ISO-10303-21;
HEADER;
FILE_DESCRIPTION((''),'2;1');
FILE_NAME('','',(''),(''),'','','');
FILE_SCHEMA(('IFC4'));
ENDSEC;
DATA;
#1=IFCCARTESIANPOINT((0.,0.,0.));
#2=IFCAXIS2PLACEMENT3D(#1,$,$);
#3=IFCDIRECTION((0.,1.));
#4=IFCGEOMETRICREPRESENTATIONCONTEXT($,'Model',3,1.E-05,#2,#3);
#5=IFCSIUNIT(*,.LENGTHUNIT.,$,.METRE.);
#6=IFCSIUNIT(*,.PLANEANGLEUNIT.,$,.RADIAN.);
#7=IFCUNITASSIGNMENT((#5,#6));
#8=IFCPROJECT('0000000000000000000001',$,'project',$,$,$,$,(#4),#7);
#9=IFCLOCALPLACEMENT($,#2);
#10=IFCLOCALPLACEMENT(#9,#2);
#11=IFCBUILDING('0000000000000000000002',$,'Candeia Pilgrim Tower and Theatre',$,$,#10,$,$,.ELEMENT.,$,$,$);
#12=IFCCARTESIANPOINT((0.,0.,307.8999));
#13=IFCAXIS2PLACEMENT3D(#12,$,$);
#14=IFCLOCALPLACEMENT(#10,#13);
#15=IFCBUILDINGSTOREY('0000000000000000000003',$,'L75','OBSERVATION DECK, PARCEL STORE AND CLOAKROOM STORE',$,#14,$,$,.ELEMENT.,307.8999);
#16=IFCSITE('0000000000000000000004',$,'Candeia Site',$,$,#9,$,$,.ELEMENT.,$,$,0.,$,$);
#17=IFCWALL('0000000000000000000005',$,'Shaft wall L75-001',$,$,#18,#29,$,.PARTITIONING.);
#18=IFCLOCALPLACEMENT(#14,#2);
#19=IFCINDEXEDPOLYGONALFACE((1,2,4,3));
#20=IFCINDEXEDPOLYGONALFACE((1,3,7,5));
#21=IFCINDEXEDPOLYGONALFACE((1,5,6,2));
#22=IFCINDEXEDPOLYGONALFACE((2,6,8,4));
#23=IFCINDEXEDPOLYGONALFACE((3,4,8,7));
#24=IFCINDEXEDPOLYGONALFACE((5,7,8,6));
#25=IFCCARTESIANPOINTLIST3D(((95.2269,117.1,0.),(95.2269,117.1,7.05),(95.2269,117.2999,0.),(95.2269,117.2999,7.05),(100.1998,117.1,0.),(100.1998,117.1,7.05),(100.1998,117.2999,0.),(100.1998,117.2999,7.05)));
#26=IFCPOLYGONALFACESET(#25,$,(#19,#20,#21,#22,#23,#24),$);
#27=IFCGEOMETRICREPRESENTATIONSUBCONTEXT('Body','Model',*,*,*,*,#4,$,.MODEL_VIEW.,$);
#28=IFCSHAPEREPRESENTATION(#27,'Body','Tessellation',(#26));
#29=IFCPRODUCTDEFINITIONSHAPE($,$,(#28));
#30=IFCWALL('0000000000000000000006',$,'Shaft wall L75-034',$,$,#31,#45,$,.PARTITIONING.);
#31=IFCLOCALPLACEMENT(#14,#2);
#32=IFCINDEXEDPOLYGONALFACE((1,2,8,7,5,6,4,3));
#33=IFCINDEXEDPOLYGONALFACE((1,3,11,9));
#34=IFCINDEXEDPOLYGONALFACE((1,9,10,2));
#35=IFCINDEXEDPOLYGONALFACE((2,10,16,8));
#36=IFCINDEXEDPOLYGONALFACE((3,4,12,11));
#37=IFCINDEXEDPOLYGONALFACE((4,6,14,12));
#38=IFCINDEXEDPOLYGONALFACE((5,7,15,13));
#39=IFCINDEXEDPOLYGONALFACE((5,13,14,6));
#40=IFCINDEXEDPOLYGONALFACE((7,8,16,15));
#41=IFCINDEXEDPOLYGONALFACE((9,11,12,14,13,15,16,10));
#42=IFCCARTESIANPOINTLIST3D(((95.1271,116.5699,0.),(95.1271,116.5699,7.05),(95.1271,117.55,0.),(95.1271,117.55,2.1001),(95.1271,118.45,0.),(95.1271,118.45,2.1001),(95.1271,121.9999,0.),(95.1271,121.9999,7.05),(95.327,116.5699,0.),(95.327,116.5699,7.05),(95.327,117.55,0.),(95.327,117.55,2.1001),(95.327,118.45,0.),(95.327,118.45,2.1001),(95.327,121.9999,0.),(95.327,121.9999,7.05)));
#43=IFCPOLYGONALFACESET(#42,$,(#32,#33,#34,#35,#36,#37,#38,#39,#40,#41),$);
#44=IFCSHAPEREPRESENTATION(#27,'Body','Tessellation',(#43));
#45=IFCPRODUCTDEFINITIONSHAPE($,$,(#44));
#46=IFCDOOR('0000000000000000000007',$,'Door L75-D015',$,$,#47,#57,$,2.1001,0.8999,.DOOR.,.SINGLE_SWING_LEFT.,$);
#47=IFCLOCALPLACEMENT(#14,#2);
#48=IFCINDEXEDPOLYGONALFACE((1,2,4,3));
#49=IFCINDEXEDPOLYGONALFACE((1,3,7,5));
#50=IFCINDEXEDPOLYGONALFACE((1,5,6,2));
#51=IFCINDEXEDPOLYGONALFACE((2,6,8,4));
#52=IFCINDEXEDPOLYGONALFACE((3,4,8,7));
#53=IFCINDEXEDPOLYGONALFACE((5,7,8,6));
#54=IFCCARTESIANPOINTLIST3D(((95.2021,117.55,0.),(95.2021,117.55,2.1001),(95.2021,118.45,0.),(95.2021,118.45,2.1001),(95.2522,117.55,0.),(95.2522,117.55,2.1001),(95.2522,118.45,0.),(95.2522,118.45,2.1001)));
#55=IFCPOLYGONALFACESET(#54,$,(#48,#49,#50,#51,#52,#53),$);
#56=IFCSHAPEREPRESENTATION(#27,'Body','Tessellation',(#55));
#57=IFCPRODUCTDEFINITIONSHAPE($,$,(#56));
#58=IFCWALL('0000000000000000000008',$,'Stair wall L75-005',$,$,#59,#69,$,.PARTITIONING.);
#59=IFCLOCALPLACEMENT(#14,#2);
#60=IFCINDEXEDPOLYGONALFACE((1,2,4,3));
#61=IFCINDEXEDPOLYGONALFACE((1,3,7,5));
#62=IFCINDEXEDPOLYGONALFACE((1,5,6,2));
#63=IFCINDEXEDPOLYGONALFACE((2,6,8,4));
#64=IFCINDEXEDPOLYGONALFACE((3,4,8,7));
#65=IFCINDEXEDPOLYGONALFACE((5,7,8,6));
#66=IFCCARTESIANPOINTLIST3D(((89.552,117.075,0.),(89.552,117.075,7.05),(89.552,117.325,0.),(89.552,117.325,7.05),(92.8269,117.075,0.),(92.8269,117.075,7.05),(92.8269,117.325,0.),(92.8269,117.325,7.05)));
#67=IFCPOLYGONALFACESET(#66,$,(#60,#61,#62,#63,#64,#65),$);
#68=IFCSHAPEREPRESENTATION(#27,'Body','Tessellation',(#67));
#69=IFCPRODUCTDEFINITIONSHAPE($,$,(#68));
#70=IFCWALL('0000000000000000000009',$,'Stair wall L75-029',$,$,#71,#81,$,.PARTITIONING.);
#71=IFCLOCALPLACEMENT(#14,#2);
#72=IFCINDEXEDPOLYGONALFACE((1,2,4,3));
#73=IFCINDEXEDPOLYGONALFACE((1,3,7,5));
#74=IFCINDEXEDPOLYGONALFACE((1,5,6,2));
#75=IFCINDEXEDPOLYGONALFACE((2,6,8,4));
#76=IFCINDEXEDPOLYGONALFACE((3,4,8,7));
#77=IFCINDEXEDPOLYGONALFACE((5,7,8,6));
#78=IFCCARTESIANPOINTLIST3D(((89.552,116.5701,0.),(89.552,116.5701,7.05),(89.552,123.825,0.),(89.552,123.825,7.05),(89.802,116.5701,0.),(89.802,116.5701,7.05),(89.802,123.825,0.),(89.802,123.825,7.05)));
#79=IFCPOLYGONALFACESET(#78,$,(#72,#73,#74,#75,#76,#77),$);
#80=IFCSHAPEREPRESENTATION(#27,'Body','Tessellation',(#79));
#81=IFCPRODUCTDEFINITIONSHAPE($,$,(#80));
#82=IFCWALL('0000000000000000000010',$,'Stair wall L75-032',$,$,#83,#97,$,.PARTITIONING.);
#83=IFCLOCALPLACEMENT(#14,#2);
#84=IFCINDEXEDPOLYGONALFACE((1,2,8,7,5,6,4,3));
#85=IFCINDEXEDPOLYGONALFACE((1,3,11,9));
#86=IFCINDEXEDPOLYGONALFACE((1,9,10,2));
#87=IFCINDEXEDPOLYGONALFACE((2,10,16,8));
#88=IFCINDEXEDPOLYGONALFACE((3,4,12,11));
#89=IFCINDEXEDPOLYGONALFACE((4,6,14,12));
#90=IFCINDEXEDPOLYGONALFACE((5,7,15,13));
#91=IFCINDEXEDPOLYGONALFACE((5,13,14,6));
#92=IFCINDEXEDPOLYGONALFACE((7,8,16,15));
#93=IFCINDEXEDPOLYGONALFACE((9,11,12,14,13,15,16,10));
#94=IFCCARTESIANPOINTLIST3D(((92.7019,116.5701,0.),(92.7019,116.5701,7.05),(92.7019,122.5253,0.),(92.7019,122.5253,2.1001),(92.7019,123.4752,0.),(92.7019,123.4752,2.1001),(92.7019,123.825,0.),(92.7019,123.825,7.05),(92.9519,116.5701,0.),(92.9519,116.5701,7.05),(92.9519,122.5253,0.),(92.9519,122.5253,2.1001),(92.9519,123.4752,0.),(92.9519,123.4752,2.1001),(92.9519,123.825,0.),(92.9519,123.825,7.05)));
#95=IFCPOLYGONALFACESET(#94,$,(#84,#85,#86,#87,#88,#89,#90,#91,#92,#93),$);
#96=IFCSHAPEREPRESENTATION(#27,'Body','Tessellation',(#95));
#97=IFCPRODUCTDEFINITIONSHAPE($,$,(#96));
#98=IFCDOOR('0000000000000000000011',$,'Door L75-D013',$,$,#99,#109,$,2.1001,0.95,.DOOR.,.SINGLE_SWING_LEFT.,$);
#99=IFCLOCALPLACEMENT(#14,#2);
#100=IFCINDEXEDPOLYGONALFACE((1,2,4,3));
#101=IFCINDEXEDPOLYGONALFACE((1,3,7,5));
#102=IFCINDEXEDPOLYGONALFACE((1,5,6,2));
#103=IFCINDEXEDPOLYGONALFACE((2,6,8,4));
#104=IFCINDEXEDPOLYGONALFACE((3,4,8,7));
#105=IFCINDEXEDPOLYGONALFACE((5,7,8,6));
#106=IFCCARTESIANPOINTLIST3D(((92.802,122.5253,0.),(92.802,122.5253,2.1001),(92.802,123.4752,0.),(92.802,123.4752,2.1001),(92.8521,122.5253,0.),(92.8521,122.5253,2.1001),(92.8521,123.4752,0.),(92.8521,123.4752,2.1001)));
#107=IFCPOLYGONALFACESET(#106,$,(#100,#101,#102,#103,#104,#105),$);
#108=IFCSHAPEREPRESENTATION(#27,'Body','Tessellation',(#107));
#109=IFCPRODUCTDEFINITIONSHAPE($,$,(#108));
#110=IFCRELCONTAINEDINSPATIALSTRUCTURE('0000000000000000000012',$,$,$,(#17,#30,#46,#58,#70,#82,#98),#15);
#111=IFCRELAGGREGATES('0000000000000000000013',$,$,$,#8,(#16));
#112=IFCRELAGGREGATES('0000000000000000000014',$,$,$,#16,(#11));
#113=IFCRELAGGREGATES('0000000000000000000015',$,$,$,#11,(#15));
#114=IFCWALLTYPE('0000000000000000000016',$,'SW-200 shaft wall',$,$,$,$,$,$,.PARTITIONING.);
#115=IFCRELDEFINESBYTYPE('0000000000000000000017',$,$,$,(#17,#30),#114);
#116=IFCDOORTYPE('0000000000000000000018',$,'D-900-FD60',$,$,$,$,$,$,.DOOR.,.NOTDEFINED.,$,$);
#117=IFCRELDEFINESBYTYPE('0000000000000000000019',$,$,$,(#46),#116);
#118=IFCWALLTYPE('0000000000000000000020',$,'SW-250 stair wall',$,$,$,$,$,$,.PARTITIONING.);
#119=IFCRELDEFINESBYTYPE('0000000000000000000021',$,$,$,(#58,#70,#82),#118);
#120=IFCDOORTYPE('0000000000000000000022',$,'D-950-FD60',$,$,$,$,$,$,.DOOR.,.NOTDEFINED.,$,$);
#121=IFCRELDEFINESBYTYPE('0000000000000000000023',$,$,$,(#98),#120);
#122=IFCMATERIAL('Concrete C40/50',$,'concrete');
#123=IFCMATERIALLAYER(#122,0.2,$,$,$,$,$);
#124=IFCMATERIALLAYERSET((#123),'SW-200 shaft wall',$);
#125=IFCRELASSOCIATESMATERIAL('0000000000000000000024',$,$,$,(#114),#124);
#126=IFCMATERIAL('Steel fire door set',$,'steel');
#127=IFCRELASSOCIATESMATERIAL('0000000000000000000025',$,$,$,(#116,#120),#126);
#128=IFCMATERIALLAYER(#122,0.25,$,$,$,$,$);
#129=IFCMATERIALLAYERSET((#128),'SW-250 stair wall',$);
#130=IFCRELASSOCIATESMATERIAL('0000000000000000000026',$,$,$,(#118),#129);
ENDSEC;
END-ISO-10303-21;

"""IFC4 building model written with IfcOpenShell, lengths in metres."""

from ifc_helpers import new_model, si_unit, direction, frame, frame_2d, origin, place, context, subcontext, project, spatial, rectangle, extrude, material, layer, layer_set, type_object, element, fill, save


model = new_model("IFC4")

# Units and contexts
model_context = context("Model", 3, precision=1e-05, world=origin(), true_north=direction((0.0, 1.0)))
body_context = subcontext(model_context, "Body", "Model", "MODEL_VIEW")
ifc_project = project(units=[si_unit("LENGTHUNIT", "METRE"), si_unit("PLANEANGLEUNIT", "RADIAN")], contexts=[model_context])

# Site, building, storey
site_placement = place(None, origin())
site = spatial("IfcSite", under=ifc_project, at=site_placement, Name="Candeia Site", CompositionType="ELEMENT", RefElevation=0.0)
building_placement = place(site_placement, origin())
building = spatial("IfcBuilding", under=site, at=building_placement, Name="Candeia Pilgrim Tower and Theatre", CompositionType="ELEMENT")
storey_placement = place(building_placement, frame((0.0, 0.0, 307.8999)))
storey = spatial("IfcBuildingStorey", under=building, at=storey_placement, Name="L75", Description="OBSERVATION DECK, PARCEL STORE AND CLOAKROOM STORE", CompositionType="ELEMENT", Elevation=307.8999)

# Shared definitions
ifc_material_1 = material(Name="Concrete C40/50", Category="concrete")

# Wall
ifc_layer_1 = layer(ifc_material_1, 0.2)
ifc_layer_set_1 = layer_set([ifc_layer_1], Name="SW-200 shaft wall")
wall_type_1 = type_object("IfcWallType", Name="SW-200 shaft wall", PredefinedType="PARTITIONING", material=ifc_layer_set_1)
wall_1_placement = place(storey_placement, frame((95.2271, 117.2, 0.0), z_axis=(0.0, 0.0, 1.0), x_axis=(1.0, 0.0, 0.0)))
element("IfcWall", 1, at=wall_1_placement, inside=storey, type_object=wall_type_1, Name="Shaft wall L75-001", PredefinedType="PARTITIONING", context=body_context, shape_type="SweptSolid", body=[
    extrude(rectangle(XDim=4.9729, YDim=0.2, at=frame_2d((2.4863, 0.0))), origin(), (0.0, 0.0, 1.0), 7.05),
])

# Wall, opening, door
wall_2_placement = place(storey_placement, frame((95.2271, 116.5701, 0.0), z_axis=(0.0, 0.0, 1.0), x_axis=(0.0, 1.0, 0.0)))
wall_2 = element("IfcWall", 2, at=wall_2_placement, inside=storey, type_object=wall_type_1, Name="Shaft wall L75-034", PredefinedType="PARTITIONING", context=body_context, shape_type="SweptSolid", body=[
    extrude(rectangle(XDim=5.4299, YDim=0.2, at=frame_2d((2.7148, 0.0))), origin(), (0.0, 0.0, 1.0), 7.05),
])
opening_1_placement = place(wall_2_placement, frame((0.98, 0.0, 0.0)))
opening_1 = element("IfcOpeningElement", 3, at=opening_1_placement, cuts=wall_2, PredefinedType="OPENING", context=body_context, shape_type="SweptSolid", body=[
    extrude(rectangle(XDim=0.8999, YDim=2.1001, at=frame_2d((0.45, 1.05))), frame((0.0, 0.1099, 0.0), z_axis=(0.0, -1.0, 0.0), x_axis=(1.0, 0.0, 0.0)), (0.0, 0.0, 1.0), 0.22),
])
ifc_material_2 = material(Name="Steel fire door set", Category="steel")
door_type_1 = type_object("IfcDoorType", Name="D-900-FD60", OperationType="NOTDEFINED", PredefinedType="DOOR", material=ifc_material_2)
door_1_placement = place(opening_1_placement, origin())
door_1 = element("IfcDoor", 4, at=door_1_placement, inside=storey, type_object=door_type_1, Name="Door L75-D015", OperationType="SINGLE_SWING_LEFT", OverallHeight=2.1001, OverallWidth=0.8999, PredefinedType="DOOR", context=body_context, shape_type="SweptSolid", body=[
    extrude(rectangle(XDim=0.8999, YDim=2.1001, at=frame_2d((0.45, 1.05))), frame((0.0, 0.0249, 0.0), z_axis=(0.0, -1.0, 0.0), x_axis=(1.0, 0.0, 0.0)), (0.0, 0.0, 1.0), 0.05),
])
fill(opening_1, door_1)

# Walls
ifc_layer_2 = layer(ifc_material_1, 0.25)
ifc_layer_set_2 = layer_set([ifc_layer_2], Name="SW-250 stair wall")
wall_type_2 = type_object("IfcWallType", Name="SW-250 stair wall", PredefinedType="PARTITIONING", material=ifc_layer_set_2)
wall_3_placement = place(storey_placement, frame((89.552, 117.2, 0.0), z_axis=(0.0, 0.0, 1.0), x_axis=(1.0, 0.0, 0.0)))
element("IfcWall", 5, at=wall_3_placement, inside=storey, type_object=wall_type_2, Name="Stair wall L75-005", PredefinedType="PARTITIONING", context=body_context, shape_type="SweptSolid", body=[
    extrude(rectangle(XDim=3.2749, YDim=0.25, at=frame_2d((1.6375, 0.0))), origin(), (0.0, 0.0, 1.0), 7.05),
])
wall_4_placement = place(storey_placement, frame((89.677, 116.5701, 0.0), z_axis=(0.0, 0.0, 1.0), x_axis=(0.0, 1.0, 0.0)))
element("IfcWall", 6, at=wall_4_placement, inside=storey, type_object=wall_type_2, Name="Stair wall L75-029", PredefinedType="PARTITIONING", context=body_context, shape_type="SweptSolid", body=[
    extrude(rectangle(XDim=7.2549, YDim=0.25, at=frame_2d((3.6274, 0.0))), origin(), (0.0, 0.0, 1.0), 7.05),
])

# Wall, opening, door
wall_5_placement = place(storey_placement, frame((92.8269, 116.5701, 0.0), z_axis=(0.0, 0.0, 1.0), x_axis=(0.0, 1.0, 0.0)))
wall_5 = element("IfcWall", 7, at=wall_5_placement, inside=storey, type_object=wall_type_2, Name="Stair wall L75-032", PredefinedType="PARTITIONING", context=body_context, shape_type="SweptSolid", body=[
    extrude(rectangle(XDim=7.2549, YDim=0.25, at=frame_2d((3.6274, 0.0))), origin(), (0.0, 0.0, 1.0), 7.05),
])
opening_2_placement = place(wall_5_placement, frame((5.9551, 0.0, 0.0)))
opening_2 = element("IfcOpeningElement", 8, at=opening_2_placement, cuts=wall_5, PredefinedType="OPENING", context=body_context, shape_type="SweptSolid", body=[
    extrude(rectangle(XDim=0.95, YDim=2.1001, at=frame_2d((0.4751, 1.05))), frame((0.0, 0.135, 0.0), z_axis=(0.0, -1.0, 0.0), x_axis=(1.0, 0.0, 0.0)), (0.0, 0.0, 1.0), 0.27),
])
door_type_2 = type_object("IfcDoorType", Name="D-950-FD60", OperationType="NOTDEFINED", PredefinedType="DOOR", material=ifc_material_2)
door_2_placement = place(opening_2_placement, origin())
door_2 = element("IfcDoor", 9, at=door_2_placement, inside=storey, type_object=door_type_2, Name="Door L75-D013", OperationType="SINGLE_SWING_LEFT", OverallHeight=2.1001, OverallWidth=0.95, PredefinedType="DOOR", context=body_context, shape_type="SweptSolid", body=[
    extrude(rectangle(XDim=0.95, YDim=2.1001, at=frame_2d((0.4751, 1.05))), frame((0.0, 0.0249, 0.0), z_axis=(0.0, -1.0, 0.0), x_axis=(1.0, 0.0, 0.0)), (0.0, 0.0, 1.0), 0.05),
])
fill(opening_2, door_2)

save(model, "model.ifc")
